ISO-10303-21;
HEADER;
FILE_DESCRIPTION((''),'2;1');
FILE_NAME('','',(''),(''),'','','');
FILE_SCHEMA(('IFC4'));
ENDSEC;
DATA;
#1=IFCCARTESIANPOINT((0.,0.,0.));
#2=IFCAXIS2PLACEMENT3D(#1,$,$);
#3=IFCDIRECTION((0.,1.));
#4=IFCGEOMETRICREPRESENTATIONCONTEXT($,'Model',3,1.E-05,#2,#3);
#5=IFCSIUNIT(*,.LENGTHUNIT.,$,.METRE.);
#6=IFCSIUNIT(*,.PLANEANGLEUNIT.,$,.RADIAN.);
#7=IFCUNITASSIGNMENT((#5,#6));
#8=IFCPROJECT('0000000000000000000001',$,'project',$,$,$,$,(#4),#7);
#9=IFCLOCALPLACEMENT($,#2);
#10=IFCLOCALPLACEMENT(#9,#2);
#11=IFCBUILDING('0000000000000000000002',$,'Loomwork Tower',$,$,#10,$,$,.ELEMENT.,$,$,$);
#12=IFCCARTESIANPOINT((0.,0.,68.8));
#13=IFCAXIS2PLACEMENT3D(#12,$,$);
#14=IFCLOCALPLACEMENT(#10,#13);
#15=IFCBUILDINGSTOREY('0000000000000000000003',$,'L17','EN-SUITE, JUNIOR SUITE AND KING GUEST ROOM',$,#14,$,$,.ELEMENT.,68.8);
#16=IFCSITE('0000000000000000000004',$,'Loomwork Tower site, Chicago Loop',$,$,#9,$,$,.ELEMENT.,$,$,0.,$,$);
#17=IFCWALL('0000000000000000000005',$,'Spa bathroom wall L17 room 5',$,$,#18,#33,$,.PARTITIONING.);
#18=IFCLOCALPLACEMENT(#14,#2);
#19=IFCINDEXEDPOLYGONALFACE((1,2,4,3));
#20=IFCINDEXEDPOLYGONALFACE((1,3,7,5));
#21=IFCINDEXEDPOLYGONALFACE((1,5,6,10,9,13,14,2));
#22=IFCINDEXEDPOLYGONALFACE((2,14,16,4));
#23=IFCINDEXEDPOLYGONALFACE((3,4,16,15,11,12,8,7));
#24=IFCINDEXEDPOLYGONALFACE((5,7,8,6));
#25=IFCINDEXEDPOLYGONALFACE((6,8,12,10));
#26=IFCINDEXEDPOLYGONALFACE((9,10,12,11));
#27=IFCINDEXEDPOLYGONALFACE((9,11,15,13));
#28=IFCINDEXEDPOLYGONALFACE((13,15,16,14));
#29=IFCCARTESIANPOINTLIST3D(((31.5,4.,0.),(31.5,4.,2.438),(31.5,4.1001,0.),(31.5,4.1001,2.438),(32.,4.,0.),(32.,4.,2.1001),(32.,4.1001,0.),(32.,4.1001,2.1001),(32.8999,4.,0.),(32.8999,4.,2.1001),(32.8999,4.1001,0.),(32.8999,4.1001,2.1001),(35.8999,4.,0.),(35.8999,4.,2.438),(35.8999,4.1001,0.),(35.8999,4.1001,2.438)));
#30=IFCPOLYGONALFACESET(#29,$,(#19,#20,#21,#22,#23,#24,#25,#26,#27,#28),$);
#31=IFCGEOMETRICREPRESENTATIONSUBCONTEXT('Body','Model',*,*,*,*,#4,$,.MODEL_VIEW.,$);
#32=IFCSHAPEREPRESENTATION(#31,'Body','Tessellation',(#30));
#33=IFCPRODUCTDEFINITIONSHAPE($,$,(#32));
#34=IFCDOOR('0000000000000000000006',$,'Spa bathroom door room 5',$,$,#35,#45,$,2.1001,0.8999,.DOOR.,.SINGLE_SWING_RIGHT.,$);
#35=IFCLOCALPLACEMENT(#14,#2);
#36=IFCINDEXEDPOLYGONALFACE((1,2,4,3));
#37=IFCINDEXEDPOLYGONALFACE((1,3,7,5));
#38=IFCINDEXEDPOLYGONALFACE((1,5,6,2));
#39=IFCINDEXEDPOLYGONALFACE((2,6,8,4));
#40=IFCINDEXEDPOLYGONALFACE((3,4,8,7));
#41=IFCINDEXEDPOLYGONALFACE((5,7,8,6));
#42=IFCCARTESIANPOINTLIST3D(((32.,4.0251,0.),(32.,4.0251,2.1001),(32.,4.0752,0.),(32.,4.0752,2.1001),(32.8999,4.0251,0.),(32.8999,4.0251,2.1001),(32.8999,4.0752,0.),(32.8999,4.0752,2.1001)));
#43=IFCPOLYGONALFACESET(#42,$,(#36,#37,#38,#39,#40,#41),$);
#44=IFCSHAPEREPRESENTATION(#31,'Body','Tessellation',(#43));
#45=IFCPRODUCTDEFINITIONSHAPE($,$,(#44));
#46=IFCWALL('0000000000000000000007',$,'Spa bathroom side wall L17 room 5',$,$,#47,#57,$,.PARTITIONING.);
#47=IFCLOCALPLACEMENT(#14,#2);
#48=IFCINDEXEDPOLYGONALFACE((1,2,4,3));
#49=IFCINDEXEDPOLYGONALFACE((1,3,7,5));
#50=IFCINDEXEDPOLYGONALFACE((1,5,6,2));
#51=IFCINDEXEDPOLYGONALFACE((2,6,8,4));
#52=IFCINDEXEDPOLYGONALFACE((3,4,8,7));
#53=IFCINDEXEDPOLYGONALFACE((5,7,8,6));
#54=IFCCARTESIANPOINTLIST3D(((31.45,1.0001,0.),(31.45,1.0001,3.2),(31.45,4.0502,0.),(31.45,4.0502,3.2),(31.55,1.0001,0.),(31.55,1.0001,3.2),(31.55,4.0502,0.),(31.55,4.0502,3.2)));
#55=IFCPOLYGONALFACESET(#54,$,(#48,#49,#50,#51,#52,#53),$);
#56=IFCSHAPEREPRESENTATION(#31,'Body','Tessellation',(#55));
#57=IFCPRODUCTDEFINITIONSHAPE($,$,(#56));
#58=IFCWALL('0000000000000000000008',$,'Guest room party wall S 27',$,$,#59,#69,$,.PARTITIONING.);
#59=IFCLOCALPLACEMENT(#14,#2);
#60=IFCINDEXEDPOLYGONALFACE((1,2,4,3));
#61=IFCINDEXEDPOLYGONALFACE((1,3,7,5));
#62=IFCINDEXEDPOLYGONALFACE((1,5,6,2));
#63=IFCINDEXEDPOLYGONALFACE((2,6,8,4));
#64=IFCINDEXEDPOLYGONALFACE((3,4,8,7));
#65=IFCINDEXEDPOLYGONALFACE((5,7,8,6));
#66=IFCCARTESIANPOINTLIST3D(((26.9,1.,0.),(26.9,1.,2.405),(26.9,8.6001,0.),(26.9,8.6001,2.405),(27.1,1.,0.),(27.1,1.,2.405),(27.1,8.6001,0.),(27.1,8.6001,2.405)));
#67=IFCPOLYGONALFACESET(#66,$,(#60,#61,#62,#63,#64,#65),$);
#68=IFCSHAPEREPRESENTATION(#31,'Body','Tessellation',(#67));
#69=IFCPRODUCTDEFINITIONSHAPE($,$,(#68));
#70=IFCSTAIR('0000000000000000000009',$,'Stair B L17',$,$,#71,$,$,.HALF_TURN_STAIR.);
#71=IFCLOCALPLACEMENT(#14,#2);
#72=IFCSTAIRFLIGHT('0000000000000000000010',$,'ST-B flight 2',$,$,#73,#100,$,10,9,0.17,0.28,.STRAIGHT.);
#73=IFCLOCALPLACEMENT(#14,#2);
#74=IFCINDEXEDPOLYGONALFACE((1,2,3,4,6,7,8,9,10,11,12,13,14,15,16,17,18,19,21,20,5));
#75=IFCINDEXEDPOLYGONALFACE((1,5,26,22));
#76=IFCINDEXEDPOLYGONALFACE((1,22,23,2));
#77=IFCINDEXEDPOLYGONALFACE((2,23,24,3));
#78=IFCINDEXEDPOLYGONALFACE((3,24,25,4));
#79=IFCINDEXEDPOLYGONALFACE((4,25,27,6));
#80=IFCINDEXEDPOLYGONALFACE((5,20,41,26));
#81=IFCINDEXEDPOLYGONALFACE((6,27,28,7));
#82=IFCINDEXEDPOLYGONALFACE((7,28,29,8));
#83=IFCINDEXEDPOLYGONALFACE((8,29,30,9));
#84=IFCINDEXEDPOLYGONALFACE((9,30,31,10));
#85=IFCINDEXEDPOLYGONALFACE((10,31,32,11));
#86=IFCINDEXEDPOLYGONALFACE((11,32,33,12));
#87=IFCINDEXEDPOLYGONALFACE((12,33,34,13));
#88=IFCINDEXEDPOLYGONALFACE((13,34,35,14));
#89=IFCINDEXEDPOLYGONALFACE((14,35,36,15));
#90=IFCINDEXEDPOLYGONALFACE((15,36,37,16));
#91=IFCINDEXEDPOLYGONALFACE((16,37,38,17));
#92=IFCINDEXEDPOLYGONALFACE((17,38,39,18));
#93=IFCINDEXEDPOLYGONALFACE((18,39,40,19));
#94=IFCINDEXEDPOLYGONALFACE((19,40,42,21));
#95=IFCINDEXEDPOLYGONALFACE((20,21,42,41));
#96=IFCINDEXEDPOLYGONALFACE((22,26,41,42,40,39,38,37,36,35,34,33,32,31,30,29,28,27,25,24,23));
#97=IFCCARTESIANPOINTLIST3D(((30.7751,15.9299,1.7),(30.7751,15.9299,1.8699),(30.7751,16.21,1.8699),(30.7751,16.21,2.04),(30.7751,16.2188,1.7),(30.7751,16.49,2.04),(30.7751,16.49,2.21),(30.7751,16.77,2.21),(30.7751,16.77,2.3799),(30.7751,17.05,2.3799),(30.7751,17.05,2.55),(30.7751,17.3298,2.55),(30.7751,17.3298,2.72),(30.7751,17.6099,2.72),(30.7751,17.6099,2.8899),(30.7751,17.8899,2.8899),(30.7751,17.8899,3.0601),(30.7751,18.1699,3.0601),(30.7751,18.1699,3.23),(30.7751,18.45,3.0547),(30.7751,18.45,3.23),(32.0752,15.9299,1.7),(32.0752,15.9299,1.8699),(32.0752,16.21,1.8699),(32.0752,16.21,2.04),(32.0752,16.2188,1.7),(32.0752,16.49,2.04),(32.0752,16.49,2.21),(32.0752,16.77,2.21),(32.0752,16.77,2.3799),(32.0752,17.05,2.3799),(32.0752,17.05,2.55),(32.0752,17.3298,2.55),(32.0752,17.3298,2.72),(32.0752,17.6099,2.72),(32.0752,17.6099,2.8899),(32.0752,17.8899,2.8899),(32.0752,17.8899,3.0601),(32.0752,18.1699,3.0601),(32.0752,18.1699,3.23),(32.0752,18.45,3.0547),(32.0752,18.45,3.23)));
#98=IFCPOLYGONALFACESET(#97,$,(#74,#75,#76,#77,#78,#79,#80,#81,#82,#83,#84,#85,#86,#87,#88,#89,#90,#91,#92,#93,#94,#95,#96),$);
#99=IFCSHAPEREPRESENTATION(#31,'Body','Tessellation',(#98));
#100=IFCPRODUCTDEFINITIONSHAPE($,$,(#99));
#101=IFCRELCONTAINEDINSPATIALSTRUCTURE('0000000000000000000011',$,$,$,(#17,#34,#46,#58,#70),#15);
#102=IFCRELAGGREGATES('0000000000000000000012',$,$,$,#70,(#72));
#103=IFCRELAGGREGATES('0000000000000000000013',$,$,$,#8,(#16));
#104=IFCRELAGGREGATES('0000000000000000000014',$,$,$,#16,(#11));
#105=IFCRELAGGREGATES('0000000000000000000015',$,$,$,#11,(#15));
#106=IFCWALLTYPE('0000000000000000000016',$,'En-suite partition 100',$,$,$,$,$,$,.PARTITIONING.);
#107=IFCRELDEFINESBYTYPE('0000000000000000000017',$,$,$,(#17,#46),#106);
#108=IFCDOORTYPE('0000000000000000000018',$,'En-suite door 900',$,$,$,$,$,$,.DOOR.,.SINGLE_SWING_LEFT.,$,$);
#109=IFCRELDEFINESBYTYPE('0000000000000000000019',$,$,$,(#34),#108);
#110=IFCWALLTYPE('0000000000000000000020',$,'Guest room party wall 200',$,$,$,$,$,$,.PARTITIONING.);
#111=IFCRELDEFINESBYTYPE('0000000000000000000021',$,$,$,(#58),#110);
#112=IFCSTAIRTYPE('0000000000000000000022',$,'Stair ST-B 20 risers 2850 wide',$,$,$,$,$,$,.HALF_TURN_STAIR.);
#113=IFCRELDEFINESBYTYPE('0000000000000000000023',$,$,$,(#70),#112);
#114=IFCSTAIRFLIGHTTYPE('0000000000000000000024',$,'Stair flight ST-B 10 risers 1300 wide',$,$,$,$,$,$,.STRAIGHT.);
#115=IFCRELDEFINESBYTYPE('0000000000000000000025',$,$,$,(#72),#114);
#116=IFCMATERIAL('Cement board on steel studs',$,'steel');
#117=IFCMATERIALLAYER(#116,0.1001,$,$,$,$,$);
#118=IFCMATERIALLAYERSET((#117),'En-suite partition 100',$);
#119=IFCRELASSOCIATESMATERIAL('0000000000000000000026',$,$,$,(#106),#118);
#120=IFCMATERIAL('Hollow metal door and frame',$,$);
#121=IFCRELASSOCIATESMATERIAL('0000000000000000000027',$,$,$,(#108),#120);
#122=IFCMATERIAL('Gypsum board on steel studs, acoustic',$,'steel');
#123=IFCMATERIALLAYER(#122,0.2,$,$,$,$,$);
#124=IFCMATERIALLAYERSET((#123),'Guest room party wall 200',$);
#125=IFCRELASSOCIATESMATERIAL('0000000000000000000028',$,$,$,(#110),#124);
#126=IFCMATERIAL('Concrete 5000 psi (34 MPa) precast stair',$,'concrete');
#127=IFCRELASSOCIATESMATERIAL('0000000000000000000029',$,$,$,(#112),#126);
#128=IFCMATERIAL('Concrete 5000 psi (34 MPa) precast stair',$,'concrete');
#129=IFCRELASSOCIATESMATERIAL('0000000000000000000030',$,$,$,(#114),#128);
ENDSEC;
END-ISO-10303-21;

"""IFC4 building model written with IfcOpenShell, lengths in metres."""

from ifc_helpers import new_model, si_unit, direction, frame, frame_2d, origin, place, context, subcontext, project, spatial, polyline, rectangle, outline, extrude, material, layer, layer_set, type_object, element, fill, aggregate, save


model = new_model("IFC4")

# Units and contexts
model_context = context("Model", 3, precision=1e-05, world=origin(), true_north=direction((0.0, 1.0)))
body_context = subcontext(model_context, "Body", "Model", "MODEL_VIEW")
ifc_project = project(units=[si_unit("LENGTHUNIT", "METRE"), si_unit("PLANEANGLEUNIT", "RADIAN")], contexts=[model_context])

# Site, building, storey
site_placement = place(None, origin())
site = spatial("IfcSite", under=ifc_project, at=site_placement, Name="Loomwork Tower site, Chicago Loop", CompositionType="ELEMENT", RefElevation=0.0)
building_placement = place(site_placement, origin())
building = spatial("IfcBuilding", under=site, at=building_placement, Name="Loomwork Tower", CompositionType="ELEMENT")
storey_placement = place(building_placement, frame((0.0, 0.0, 68.8)))
storey = spatial("IfcBuildingStorey", under=building, at=storey_placement, Name="L17", Description="EN-SUITE, JUNIOR SUITE AND KING GUEST ROOM", CompositionType="ELEMENT", Elevation=68.8)

# Wall, opening, door
ifc_material_1 = material(Name="Cement board on steel studs", Category="steel")
ifc_layer_1 = layer(ifc_material_1, 0.1001)
ifc_layer_set_1 = layer_set([ifc_layer_1], Name="En-suite partition 100")
wall_type_1 = type_object("IfcWallType", Name="En-suite partition 100", PredefinedType="PARTITIONING", material=ifc_layer_set_1)
wall_1_placement = place(storey_placement, frame((31.5, 4.05, 0.0), z_axis=(0.0, 0.0, 1.0), x_axis=(1.0, 0.0, 0.0)))
wall_1 = element("IfcWall", 1, at=wall_1_placement, inside=storey, type_object=wall_type_1, Name="Spa bathroom wall L17 room 5", PredefinedType="PARTITIONING", context=body_context, shape_type="SweptSolid", body=[
    extrude(rectangle(XDim=4.3999, YDim=0.1001, at=frame_2d((2.2, 0.0))), origin(), (0.0, 0.0, 1.0), 2.438),
])
opening_1_placement = place(wall_1_placement, frame((0.5, 0.0, 0.0)))
opening_1 = element("IfcOpeningElement", 2, at=opening_1_placement, cuts=wall_1, PredefinedType="OPENING", context=body_context, shape_type="SweptSolid", body=[
    extrude(rectangle(XDim=0.8999, YDim=2.1001, at=frame_2d((0.45, 1.05))), frame((0.0, 0.0601, 0.0), z_axis=(0.0, -1.0, 0.0), x_axis=(1.0, 0.0, 0.0)), (0.0, 0.0, 1.0), 0.1201),
])
ifc_material_2 = material(Name="Hollow metal door and frame")
door_type_1 = type_object("IfcDoorType", Name="En-suite door 900", OperationType="SINGLE_SWING_LEFT", PredefinedType="DOOR", material=ifc_material_2)
door_1_placement = place(opening_1_placement, frame((0.8999, 0.0, 0.0), z_axis=(0.0, 0.0, 1.0), x_axis=(-1.0, 0.0, 0.0)))
door_1 = element("IfcDoor", 3, at=door_1_placement, inside=storey, type_object=door_type_1, Name="Spa bathroom door room 5", OperationType="SINGLE_SWING_RIGHT", OverallHeight=2.1001, OverallWidth=0.8999, PredefinedType="DOOR", context=body_context, shape_type="SweptSolid", body=[
    extrude(rectangle(XDim=0.8999, YDim=2.1001, at=frame_2d((0.45, 1.05))), frame((0.0, 0.0249, 0.0), z_axis=(0.0, -1.0, 0.0), x_axis=(1.0, 0.0, 0.0)), (0.0, 0.0, 1.0), 0.05),
])
fill(opening_1, door_1)

# Walls
wall_2_placement = place(storey_placement, frame((31.5, 4.05, 0.0), z_axis=(0.0, 0.0, 1.0), x_axis=(0.0, -1.0, 0.0)))
element("IfcWall", 4, at=wall_2_placement, inside=storey, type_object=wall_type_1, Name="Spa bathroom side wall L17 room 5", PredefinedType="PARTITIONING", context=body_context, shape_type="SweptSolid", body=[
    extrude(rectangle(XDim=3.05, YDim=0.1001, at=frame_2d((1.5249, 0.0))), origin(), (0.0, 0.0, 1.0), 3.2),
])
ifc_material_3 = material(Name="Gypsum board on steel studs, acoustic", Category="steel")
ifc_layer_2 = layer(ifc_material_3, 0.2)
ifc_layer_set_2 = layer_set([ifc_layer_2], Name="Guest room party wall 200")
wall_type_2 = type_object("IfcWallType", Name="Guest room party wall 200", PredefinedType="PARTITIONING", material=ifc_layer_set_2)
wall_3_placement = place(storey_placement, frame((27.0, 8.6001, 0.0), z_axis=(0.0, 0.0, 1.0), x_axis=(0.0, -1.0, 0.0)))
element("IfcWall", 5, at=wall_3_placement, inside=storey, type_object=wall_type_2, Name="Guest room party wall S 27", PredefinedType="PARTITIONING", context=body_context, shape_type="SweptSolid", body=[
    extrude(rectangle(XDim=7.6001, YDim=0.2, at=frame_2d((3.8, 0.0))), origin(), (0.0, 0.0, 1.0), 2.405),
])

# Stair, stair flight
ifc_material_4 = material(Name="Concrete 5000 psi (34 MPa) precast stair", Category="concrete")
stair_type = type_object("IfcStairType", Name="Stair ST-B 20 risers 2850 wide", PredefinedType="HALF_TURN_STAIR", material=ifc_material_4)
stair_placement = place(storey_placement, origin())
stair = element("IfcStair", 6, at=stair_placement, inside=storey, type_object=stair_type, Name="Stair B L17", PredefinedType="HALF_TURN_STAIR")
ifc_material_5 = material(Name="Concrete 5000 psi (34 MPa) precast stair", Category="concrete")
stair_flight_type = type_object("IfcStairFlightType", Name="Stair flight ST-B 10 risers 1300 wide", PredefinedType="STRAIGHT", material=ifc_material_5)
stair_flight_placement = place(storey_placement, frame((31.425, 15.9299, 1.7), z_axis=(0.0, 0.0, 1.0), x_axis=(0.0, 1.0, 0.0)))
stair_flight = element("IfcStairFlight", 7, at=stair_flight_placement, type_object=stair_flight_type, Name="ST-B flight 2", NumberOfRisers=10, NumberOfTreads=9, PredefinedType="STRAIGHT", RiserHeight=0.17, TreadLength=0.28, context=body_context, shape_type="SweptSolid", body=[
    extrude(outline(polyline([(0.0, 0.0), (0.0, 0.1699), (0.28, 0.1699), (0.28, 0.3401), (0.5601, 0.3401), (0.5601, 0.51), (0.8401, 0.51), (0.8401, 0.6799), (1.1201, 0.6799), (1.1201, 0.8501), (1.3999, 0.8501), (1.3999, 1.02), (1.6799, 1.02), (1.6799, 1.1899), (1.96, 1.1899), (1.96, 1.3601), (2.24, 1.3601), (2.24, 1.53), (2.52, 1.53), (2.52, 1.7), (2.52, 1.3547), (0.2888, 0.0), (0.0, 0.0)])), frame((0.0, 0.6499, 0.0), z_axis=(0.0, -1.0, 0.0), x_axis=(1.0, 0.0, 0.0)), (0.0, 0.0, 1.0), 1.3),
])
aggregate(stair, [stair_flight])

save(model, "model.ifc")
